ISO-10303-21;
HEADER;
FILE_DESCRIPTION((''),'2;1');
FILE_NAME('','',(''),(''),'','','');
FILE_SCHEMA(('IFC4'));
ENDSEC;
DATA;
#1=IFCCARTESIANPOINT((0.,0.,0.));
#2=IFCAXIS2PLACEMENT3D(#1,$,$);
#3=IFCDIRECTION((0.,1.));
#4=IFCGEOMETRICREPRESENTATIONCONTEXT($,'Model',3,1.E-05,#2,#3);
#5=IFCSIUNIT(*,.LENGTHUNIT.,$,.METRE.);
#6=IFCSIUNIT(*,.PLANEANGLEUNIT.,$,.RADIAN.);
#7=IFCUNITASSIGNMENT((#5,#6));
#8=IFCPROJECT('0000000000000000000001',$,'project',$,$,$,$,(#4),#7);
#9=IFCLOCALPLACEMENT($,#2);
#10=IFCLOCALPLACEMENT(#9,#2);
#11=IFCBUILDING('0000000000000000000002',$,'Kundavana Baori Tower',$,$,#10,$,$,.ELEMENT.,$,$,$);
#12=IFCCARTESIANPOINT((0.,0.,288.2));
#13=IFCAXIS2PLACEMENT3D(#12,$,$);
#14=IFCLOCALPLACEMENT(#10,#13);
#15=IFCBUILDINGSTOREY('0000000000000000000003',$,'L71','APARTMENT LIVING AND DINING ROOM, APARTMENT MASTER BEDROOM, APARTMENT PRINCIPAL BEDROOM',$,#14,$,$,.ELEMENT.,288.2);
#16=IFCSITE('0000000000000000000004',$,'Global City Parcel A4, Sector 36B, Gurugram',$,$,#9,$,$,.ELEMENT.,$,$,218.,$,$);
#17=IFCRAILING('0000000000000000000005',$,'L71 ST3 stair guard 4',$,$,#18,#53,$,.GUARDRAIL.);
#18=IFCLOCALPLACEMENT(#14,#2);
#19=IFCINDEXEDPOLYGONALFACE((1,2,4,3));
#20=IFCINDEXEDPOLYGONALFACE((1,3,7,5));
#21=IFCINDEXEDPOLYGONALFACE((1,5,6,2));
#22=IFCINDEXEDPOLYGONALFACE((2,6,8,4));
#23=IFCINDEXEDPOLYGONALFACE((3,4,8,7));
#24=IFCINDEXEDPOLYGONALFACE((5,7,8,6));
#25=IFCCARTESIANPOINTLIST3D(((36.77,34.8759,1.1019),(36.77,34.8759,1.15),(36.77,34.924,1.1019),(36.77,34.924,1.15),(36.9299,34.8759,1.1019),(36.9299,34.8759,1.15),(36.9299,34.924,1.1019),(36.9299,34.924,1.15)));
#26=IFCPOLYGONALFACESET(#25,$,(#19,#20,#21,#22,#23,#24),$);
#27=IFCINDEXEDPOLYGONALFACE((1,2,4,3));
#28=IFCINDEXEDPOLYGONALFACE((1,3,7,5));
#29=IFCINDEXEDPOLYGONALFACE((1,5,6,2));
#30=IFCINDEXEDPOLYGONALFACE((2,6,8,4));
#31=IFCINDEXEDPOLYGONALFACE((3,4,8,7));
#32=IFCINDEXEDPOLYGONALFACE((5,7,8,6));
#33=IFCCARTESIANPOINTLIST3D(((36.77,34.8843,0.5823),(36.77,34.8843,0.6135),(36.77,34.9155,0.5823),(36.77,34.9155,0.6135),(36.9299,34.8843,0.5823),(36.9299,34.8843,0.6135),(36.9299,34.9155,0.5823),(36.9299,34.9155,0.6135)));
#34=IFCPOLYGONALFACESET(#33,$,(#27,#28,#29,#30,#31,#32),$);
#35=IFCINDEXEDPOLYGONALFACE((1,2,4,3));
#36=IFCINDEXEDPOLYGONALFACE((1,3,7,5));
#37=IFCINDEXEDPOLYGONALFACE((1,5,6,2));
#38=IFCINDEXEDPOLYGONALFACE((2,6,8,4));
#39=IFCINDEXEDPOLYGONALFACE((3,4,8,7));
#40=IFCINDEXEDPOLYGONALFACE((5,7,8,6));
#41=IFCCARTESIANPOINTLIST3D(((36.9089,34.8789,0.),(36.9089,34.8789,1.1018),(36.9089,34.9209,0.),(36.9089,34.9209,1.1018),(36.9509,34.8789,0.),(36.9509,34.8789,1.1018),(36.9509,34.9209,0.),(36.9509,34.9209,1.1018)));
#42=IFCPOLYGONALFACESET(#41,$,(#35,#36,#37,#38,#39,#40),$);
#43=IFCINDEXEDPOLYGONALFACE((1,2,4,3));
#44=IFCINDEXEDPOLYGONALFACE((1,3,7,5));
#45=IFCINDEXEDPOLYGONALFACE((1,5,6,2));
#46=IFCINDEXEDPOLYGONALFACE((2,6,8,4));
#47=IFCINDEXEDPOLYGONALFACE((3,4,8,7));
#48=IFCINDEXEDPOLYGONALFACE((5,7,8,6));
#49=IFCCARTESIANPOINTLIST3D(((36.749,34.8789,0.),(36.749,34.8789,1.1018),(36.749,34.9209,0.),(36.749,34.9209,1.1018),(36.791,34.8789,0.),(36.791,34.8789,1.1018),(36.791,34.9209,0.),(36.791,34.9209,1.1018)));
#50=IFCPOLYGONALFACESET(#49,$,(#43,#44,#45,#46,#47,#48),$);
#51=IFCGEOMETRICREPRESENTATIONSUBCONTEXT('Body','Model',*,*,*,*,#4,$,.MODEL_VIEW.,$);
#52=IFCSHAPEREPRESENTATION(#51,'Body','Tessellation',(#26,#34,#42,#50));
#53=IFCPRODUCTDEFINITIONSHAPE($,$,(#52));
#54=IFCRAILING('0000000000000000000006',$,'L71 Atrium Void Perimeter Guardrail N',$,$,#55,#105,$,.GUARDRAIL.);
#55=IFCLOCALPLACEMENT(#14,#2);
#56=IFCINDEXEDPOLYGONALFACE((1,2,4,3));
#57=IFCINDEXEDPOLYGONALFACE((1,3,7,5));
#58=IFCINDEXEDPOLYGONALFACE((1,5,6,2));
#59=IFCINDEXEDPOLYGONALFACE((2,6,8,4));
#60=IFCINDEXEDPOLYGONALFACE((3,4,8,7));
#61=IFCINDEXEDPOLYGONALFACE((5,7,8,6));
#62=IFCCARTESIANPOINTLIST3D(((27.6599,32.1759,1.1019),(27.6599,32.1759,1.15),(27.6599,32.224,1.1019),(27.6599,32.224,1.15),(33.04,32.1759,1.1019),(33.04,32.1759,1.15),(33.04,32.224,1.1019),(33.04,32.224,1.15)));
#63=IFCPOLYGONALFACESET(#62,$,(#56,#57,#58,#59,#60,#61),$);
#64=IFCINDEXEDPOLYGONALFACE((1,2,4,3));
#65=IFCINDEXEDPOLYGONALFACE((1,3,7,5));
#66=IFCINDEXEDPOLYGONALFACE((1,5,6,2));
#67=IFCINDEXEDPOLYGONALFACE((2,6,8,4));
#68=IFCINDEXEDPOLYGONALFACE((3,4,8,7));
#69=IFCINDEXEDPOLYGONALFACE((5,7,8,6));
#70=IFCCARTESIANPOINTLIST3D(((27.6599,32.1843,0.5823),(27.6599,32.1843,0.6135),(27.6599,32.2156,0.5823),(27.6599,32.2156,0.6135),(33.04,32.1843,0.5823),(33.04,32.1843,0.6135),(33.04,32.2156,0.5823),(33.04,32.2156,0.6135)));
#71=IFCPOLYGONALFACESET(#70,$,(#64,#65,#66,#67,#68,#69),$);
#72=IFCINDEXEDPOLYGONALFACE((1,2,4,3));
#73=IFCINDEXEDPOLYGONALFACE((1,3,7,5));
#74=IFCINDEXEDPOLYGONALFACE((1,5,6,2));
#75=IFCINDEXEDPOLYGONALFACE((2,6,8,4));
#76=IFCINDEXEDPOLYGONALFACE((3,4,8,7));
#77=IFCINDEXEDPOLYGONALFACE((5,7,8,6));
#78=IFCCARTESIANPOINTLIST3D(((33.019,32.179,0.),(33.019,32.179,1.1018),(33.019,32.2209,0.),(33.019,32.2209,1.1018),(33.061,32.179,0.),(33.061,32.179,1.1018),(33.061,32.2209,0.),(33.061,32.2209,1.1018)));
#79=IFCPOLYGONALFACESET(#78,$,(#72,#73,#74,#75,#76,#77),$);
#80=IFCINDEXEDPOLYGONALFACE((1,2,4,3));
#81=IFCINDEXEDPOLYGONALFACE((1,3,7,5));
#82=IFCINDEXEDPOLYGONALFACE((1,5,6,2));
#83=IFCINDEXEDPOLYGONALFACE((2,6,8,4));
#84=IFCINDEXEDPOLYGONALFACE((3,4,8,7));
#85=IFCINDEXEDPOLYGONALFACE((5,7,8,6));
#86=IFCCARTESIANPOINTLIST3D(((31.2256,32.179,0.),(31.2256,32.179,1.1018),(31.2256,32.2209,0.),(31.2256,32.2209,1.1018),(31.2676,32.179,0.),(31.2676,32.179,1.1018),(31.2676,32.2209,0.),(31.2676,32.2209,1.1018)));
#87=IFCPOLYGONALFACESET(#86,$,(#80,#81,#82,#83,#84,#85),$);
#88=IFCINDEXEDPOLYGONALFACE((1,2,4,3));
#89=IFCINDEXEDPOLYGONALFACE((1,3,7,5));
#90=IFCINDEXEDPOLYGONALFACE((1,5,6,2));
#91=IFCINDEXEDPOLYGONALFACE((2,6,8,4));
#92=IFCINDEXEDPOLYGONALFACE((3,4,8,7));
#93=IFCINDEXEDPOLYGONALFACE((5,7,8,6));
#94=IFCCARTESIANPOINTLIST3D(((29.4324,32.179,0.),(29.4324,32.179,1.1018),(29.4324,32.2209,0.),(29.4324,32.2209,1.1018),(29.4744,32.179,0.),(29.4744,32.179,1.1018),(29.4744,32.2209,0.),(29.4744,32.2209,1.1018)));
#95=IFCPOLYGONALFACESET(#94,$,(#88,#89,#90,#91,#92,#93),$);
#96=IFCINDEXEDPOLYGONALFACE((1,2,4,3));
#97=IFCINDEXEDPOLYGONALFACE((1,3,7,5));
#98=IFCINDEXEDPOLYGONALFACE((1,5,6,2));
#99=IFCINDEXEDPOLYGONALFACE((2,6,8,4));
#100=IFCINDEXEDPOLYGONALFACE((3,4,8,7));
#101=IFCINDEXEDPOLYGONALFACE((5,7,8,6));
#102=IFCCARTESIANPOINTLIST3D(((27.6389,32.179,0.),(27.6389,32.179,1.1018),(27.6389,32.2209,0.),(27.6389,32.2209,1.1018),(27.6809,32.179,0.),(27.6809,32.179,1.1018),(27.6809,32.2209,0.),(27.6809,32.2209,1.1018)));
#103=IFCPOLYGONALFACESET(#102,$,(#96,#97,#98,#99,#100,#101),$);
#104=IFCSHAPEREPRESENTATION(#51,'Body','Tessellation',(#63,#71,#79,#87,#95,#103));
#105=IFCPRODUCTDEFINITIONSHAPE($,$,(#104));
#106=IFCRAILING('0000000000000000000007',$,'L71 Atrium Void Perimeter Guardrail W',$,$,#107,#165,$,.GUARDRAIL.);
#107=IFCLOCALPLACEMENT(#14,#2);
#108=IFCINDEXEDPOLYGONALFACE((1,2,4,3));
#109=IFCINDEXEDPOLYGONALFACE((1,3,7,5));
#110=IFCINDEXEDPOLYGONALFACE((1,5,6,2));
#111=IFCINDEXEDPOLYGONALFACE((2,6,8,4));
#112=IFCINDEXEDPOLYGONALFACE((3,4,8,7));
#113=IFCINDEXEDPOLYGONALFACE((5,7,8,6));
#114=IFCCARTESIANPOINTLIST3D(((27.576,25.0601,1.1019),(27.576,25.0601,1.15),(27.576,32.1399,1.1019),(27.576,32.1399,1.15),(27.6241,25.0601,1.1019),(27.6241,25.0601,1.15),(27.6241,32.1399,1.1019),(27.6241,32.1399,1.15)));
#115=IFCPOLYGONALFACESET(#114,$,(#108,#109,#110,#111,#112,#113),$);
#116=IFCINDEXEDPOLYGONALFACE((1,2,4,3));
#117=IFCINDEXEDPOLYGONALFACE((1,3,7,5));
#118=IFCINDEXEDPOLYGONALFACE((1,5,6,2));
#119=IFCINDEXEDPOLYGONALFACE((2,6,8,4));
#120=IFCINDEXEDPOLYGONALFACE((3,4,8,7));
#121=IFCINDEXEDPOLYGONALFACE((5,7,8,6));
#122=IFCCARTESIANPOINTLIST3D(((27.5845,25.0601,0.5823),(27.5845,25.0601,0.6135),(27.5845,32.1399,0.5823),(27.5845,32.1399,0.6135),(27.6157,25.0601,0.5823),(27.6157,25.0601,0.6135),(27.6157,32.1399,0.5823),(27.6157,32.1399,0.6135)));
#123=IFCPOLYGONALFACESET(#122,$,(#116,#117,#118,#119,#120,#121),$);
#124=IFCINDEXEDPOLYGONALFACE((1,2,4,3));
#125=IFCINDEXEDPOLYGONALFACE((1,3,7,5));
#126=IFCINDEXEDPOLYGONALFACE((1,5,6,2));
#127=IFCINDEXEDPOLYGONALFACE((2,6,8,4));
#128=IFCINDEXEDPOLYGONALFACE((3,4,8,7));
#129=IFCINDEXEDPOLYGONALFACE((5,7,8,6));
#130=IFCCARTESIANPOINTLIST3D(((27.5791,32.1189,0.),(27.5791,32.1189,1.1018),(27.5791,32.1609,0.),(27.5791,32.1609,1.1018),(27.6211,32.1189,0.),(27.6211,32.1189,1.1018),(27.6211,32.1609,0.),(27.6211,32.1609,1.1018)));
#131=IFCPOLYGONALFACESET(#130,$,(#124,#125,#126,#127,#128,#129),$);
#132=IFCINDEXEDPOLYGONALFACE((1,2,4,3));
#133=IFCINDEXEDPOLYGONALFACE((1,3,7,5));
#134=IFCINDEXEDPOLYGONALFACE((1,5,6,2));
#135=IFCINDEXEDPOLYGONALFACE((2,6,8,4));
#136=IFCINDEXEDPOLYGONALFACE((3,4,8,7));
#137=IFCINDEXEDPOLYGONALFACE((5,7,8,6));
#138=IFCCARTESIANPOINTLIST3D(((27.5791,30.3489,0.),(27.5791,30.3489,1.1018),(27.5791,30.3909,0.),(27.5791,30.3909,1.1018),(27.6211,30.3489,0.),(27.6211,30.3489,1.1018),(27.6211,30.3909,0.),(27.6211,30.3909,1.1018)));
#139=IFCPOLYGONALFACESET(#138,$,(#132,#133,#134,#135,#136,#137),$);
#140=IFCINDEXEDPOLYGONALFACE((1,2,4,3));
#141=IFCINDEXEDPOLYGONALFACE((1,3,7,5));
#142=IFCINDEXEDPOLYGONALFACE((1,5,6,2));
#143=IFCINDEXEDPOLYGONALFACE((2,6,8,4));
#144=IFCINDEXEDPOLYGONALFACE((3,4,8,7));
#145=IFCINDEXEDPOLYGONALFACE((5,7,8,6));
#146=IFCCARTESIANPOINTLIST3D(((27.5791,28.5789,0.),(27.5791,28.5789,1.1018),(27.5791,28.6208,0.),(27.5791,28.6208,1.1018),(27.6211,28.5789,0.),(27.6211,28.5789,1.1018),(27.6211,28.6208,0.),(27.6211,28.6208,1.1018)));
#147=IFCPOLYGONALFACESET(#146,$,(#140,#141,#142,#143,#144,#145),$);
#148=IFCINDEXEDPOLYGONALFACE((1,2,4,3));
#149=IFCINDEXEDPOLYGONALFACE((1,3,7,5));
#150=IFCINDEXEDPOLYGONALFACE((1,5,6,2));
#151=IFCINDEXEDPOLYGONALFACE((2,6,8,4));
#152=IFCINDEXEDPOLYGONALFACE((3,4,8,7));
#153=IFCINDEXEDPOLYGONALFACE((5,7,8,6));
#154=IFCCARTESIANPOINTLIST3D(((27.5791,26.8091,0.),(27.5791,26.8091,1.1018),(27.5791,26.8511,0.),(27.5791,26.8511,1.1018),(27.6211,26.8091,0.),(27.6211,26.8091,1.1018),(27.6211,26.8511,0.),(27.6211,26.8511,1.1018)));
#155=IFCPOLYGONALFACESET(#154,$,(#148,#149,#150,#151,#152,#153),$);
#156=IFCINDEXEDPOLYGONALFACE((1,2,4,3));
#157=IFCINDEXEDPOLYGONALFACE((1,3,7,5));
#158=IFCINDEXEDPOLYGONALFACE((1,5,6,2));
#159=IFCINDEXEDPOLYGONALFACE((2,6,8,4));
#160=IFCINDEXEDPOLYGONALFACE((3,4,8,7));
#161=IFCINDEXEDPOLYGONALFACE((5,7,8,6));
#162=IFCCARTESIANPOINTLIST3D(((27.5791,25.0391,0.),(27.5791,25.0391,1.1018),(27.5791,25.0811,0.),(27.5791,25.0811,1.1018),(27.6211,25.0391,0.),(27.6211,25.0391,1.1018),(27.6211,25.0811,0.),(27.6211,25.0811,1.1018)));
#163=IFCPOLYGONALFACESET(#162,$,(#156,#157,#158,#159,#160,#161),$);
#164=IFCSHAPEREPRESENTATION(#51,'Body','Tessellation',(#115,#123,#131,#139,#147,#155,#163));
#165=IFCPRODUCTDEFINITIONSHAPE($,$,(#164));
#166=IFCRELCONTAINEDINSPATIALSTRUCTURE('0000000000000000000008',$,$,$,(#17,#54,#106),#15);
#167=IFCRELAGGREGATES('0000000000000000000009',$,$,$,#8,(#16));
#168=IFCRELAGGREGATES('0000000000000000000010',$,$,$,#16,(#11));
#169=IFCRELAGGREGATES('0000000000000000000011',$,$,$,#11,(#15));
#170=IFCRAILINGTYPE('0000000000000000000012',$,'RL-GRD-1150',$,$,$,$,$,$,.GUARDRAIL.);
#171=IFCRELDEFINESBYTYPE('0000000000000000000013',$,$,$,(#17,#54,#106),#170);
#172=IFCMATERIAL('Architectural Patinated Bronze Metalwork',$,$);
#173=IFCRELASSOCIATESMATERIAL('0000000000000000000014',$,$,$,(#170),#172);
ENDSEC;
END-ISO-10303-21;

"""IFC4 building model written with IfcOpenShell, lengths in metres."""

from ifc_helpers import new_model, si_unit, direction, frame, origin, origin_2d, place, context, subcontext, project, spatial, rectangle, extrude, material, type_object, element, save


model = new_model("IFC4")

# Units and contexts
model_context = context("Model", 3, precision=1e-05, world=origin(), true_north=direction((0.0, 1.0)))
body_context = subcontext(model_context, "Body", "Model", "MODEL_VIEW")
ifc_project = project(units=[si_unit("LENGTHUNIT", "METRE"), si_unit("PLANEANGLEUNIT", "RADIAN")], contexts=[model_context])

# Site, building, storey
site_placement = place(None, origin())
site = spatial("IfcSite", under=ifc_project, at=site_placement, Name="Global City Parcel A4, Sector 36B, Gurugram", CompositionType="ELEMENT", RefElevation=218.0)
building_placement = place(site_placement, origin())
building = spatial("IfcBuilding", under=site, at=building_placement, Name="Kundavana Baori Tower", CompositionType="ELEMENT")
storey_placement = place(building_placement, frame((0.0, 0.0, 288.2)))
storey = spatial("IfcBuildingStorey", under=building, at=storey_placement, Name="L71", Description="APARTMENT LIVING AND DINING ROOM, APARTMENT MASTER BEDROOM, APARTMENT PRINCIPAL BEDROOM", CompositionType="ELEMENT", Elevation=288.2)

# Railings
ifc_material_1 = material(Name="Architectural Patinated Bronze Metalwork")
railing_type = type_object("IfcRailingType", Name="RL-GRD-1150", PredefinedType="GUARDRAIL", material=ifc_material_1)
railing_1_placement = place(storey_placement, frame((36.9299, 34.8999, 0.0)))
element("IfcRailing", 1, at=railing_1_placement, inside=storey, type_object=railing_type, Name="L71 ST3 stair guard 4", PredefinedType="GUARDRAIL", context=body_context, shape_type="SweptSolid", body=[
    extrude(rectangle(XDim=0.0481, YDim=0.0481, at=origin_2d()), frame((0.0, 0.0, 1.126), z_axis=(-1.0, 0.0, 0.0), x_axis=(0.0, -1.0, 0.0)), (0.0, 0.0, 1.0), 0.1599),
    extrude(rectangle(XDim=0.0312, YDim=0.0312, at=origin_2d()), frame((0.0, 0.0, 0.5979), z_axis=(-1.0, 0.0, 0.0), x_axis=(0.0, -1.0, 0.0)), (0.0, 0.0, 1.0), 0.1599),
    extrude(rectangle(XDim=0.042, YDim=0.042, at=origin_2d()), origin(), (0.0, 0.0, 1.0), 1.1018),
    extrude(rectangle(XDim=0.042, YDim=0.042, at=origin_2d()), frame((-0.1599, 0.0, 0.0)), (0.0, 0.0, 1.0), 1.1018),
])
railing_2_placement = place(storey_placement, frame((33.04, 32.2, 0.0)))
element("IfcRailing", 2, at=railing_2_placement, inside=storey, type_object=railing_type, Name="L71 Atrium Void Perimeter Guardrail N", PredefinedType="GUARDRAIL", context=body_context, shape_type="SweptSolid", body=[
    extrude(rectangle(XDim=0.0481, YDim=0.0481, at=origin_2d()), frame((0.0, 0.0, 1.126), z_axis=(-1.0, 0.0, 0.0), x_axis=(0.0, -1.0, 0.0)), (0.0, 0.0, 1.0), 5.3801),
    extrude(rectangle(XDim=0.0312, YDim=0.0312, at=origin_2d()), frame((0.0, 0.0, 0.5979), z_axis=(-1.0, 0.0, 0.0), x_axis=(0.0, -1.0, 0.0)), (0.0, 0.0, 1.0), 5.3801),
    extrude(rectangle(XDim=0.042, YDim=0.042, at=origin_2d()), origin(), (0.0, 0.0, 1.0), 1.1018),
    extrude(rectangle(XDim=0.042, YDim=0.042, at=origin_2d()), frame((-1.7935, 0.0, 0.0)), (0.0, 0.0, 1.0), 1.1018),
    extrude(rectangle(XDim=0.042, YDim=0.042, at=origin_2d()), frame((-3.5867, 0.0, 0.0)), (0.0, 0.0, 1.0), 1.1018),
    extrude(rectangle(XDim=0.042, YDim=0.042, at=origin_2d()), frame((-5.3801, 0.0, 0.0)), (0.0, 0.0, 1.0), 1.1018),
])
railing_3_placement = place(storey_placement, frame((27.6001, 32.1399, 0.0)))
element("IfcRailing", 3, at=railing_3_placement, inside=storey, type_object=railing_type, Name="L71 Atrium Void Perimeter Guardrail W", PredefinedType="GUARDRAIL", context=body_context, shape_type="SweptSolid", body=[
    extrude(rectangle(XDim=0.0481, YDim=0.0481, at=origin_2d()), frame((0.0, 0.0, 1.126), z_axis=(0.0, -1.0, 0.0), x_axis=(1.0, 0.0, 0.0)), (0.0, 0.0, 1.0), 7.0798),
    extrude(rectangle(XDim=0.0312, YDim=0.0312, at=origin_2d()), frame((0.0, 0.0, 0.5979), z_axis=(0.0, -1.0, 0.0), x_axis=(1.0, 0.0, 0.0)), (0.0, 0.0, 1.0), 7.0798),
    extrude(rectangle(XDim=0.042, YDim=0.042, at=origin_2d()), origin(), (0.0, 0.0, 1.0), 1.1018),
    extrude(rectangle(XDim=0.042, YDim=0.042, at=origin_2d()), frame((0.0, -1.77, 0.0)), (0.0, 0.0, 1.0), 1.1018),
    extrude(rectangle(XDim=0.042, YDim=0.042, at=origin_2d()), frame((0.0, -3.54, 0.0)), (0.0, 0.0, 1.0), 1.1018),
    extrude(rectangle(XDim=0.042, YDim=0.042, at=origin_2d()), frame((0.0, -5.3098, 0.0)), (0.0, 0.0, 1.0), 1.1018),
    extrude(rectangle(XDim=0.042, YDim=0.042, at=origin_2d()), frame((0.0, -7.0798, 0.0)), (0.0, 0.0, 1.0), 1.1018),
])

save(model, "model.ifc")
